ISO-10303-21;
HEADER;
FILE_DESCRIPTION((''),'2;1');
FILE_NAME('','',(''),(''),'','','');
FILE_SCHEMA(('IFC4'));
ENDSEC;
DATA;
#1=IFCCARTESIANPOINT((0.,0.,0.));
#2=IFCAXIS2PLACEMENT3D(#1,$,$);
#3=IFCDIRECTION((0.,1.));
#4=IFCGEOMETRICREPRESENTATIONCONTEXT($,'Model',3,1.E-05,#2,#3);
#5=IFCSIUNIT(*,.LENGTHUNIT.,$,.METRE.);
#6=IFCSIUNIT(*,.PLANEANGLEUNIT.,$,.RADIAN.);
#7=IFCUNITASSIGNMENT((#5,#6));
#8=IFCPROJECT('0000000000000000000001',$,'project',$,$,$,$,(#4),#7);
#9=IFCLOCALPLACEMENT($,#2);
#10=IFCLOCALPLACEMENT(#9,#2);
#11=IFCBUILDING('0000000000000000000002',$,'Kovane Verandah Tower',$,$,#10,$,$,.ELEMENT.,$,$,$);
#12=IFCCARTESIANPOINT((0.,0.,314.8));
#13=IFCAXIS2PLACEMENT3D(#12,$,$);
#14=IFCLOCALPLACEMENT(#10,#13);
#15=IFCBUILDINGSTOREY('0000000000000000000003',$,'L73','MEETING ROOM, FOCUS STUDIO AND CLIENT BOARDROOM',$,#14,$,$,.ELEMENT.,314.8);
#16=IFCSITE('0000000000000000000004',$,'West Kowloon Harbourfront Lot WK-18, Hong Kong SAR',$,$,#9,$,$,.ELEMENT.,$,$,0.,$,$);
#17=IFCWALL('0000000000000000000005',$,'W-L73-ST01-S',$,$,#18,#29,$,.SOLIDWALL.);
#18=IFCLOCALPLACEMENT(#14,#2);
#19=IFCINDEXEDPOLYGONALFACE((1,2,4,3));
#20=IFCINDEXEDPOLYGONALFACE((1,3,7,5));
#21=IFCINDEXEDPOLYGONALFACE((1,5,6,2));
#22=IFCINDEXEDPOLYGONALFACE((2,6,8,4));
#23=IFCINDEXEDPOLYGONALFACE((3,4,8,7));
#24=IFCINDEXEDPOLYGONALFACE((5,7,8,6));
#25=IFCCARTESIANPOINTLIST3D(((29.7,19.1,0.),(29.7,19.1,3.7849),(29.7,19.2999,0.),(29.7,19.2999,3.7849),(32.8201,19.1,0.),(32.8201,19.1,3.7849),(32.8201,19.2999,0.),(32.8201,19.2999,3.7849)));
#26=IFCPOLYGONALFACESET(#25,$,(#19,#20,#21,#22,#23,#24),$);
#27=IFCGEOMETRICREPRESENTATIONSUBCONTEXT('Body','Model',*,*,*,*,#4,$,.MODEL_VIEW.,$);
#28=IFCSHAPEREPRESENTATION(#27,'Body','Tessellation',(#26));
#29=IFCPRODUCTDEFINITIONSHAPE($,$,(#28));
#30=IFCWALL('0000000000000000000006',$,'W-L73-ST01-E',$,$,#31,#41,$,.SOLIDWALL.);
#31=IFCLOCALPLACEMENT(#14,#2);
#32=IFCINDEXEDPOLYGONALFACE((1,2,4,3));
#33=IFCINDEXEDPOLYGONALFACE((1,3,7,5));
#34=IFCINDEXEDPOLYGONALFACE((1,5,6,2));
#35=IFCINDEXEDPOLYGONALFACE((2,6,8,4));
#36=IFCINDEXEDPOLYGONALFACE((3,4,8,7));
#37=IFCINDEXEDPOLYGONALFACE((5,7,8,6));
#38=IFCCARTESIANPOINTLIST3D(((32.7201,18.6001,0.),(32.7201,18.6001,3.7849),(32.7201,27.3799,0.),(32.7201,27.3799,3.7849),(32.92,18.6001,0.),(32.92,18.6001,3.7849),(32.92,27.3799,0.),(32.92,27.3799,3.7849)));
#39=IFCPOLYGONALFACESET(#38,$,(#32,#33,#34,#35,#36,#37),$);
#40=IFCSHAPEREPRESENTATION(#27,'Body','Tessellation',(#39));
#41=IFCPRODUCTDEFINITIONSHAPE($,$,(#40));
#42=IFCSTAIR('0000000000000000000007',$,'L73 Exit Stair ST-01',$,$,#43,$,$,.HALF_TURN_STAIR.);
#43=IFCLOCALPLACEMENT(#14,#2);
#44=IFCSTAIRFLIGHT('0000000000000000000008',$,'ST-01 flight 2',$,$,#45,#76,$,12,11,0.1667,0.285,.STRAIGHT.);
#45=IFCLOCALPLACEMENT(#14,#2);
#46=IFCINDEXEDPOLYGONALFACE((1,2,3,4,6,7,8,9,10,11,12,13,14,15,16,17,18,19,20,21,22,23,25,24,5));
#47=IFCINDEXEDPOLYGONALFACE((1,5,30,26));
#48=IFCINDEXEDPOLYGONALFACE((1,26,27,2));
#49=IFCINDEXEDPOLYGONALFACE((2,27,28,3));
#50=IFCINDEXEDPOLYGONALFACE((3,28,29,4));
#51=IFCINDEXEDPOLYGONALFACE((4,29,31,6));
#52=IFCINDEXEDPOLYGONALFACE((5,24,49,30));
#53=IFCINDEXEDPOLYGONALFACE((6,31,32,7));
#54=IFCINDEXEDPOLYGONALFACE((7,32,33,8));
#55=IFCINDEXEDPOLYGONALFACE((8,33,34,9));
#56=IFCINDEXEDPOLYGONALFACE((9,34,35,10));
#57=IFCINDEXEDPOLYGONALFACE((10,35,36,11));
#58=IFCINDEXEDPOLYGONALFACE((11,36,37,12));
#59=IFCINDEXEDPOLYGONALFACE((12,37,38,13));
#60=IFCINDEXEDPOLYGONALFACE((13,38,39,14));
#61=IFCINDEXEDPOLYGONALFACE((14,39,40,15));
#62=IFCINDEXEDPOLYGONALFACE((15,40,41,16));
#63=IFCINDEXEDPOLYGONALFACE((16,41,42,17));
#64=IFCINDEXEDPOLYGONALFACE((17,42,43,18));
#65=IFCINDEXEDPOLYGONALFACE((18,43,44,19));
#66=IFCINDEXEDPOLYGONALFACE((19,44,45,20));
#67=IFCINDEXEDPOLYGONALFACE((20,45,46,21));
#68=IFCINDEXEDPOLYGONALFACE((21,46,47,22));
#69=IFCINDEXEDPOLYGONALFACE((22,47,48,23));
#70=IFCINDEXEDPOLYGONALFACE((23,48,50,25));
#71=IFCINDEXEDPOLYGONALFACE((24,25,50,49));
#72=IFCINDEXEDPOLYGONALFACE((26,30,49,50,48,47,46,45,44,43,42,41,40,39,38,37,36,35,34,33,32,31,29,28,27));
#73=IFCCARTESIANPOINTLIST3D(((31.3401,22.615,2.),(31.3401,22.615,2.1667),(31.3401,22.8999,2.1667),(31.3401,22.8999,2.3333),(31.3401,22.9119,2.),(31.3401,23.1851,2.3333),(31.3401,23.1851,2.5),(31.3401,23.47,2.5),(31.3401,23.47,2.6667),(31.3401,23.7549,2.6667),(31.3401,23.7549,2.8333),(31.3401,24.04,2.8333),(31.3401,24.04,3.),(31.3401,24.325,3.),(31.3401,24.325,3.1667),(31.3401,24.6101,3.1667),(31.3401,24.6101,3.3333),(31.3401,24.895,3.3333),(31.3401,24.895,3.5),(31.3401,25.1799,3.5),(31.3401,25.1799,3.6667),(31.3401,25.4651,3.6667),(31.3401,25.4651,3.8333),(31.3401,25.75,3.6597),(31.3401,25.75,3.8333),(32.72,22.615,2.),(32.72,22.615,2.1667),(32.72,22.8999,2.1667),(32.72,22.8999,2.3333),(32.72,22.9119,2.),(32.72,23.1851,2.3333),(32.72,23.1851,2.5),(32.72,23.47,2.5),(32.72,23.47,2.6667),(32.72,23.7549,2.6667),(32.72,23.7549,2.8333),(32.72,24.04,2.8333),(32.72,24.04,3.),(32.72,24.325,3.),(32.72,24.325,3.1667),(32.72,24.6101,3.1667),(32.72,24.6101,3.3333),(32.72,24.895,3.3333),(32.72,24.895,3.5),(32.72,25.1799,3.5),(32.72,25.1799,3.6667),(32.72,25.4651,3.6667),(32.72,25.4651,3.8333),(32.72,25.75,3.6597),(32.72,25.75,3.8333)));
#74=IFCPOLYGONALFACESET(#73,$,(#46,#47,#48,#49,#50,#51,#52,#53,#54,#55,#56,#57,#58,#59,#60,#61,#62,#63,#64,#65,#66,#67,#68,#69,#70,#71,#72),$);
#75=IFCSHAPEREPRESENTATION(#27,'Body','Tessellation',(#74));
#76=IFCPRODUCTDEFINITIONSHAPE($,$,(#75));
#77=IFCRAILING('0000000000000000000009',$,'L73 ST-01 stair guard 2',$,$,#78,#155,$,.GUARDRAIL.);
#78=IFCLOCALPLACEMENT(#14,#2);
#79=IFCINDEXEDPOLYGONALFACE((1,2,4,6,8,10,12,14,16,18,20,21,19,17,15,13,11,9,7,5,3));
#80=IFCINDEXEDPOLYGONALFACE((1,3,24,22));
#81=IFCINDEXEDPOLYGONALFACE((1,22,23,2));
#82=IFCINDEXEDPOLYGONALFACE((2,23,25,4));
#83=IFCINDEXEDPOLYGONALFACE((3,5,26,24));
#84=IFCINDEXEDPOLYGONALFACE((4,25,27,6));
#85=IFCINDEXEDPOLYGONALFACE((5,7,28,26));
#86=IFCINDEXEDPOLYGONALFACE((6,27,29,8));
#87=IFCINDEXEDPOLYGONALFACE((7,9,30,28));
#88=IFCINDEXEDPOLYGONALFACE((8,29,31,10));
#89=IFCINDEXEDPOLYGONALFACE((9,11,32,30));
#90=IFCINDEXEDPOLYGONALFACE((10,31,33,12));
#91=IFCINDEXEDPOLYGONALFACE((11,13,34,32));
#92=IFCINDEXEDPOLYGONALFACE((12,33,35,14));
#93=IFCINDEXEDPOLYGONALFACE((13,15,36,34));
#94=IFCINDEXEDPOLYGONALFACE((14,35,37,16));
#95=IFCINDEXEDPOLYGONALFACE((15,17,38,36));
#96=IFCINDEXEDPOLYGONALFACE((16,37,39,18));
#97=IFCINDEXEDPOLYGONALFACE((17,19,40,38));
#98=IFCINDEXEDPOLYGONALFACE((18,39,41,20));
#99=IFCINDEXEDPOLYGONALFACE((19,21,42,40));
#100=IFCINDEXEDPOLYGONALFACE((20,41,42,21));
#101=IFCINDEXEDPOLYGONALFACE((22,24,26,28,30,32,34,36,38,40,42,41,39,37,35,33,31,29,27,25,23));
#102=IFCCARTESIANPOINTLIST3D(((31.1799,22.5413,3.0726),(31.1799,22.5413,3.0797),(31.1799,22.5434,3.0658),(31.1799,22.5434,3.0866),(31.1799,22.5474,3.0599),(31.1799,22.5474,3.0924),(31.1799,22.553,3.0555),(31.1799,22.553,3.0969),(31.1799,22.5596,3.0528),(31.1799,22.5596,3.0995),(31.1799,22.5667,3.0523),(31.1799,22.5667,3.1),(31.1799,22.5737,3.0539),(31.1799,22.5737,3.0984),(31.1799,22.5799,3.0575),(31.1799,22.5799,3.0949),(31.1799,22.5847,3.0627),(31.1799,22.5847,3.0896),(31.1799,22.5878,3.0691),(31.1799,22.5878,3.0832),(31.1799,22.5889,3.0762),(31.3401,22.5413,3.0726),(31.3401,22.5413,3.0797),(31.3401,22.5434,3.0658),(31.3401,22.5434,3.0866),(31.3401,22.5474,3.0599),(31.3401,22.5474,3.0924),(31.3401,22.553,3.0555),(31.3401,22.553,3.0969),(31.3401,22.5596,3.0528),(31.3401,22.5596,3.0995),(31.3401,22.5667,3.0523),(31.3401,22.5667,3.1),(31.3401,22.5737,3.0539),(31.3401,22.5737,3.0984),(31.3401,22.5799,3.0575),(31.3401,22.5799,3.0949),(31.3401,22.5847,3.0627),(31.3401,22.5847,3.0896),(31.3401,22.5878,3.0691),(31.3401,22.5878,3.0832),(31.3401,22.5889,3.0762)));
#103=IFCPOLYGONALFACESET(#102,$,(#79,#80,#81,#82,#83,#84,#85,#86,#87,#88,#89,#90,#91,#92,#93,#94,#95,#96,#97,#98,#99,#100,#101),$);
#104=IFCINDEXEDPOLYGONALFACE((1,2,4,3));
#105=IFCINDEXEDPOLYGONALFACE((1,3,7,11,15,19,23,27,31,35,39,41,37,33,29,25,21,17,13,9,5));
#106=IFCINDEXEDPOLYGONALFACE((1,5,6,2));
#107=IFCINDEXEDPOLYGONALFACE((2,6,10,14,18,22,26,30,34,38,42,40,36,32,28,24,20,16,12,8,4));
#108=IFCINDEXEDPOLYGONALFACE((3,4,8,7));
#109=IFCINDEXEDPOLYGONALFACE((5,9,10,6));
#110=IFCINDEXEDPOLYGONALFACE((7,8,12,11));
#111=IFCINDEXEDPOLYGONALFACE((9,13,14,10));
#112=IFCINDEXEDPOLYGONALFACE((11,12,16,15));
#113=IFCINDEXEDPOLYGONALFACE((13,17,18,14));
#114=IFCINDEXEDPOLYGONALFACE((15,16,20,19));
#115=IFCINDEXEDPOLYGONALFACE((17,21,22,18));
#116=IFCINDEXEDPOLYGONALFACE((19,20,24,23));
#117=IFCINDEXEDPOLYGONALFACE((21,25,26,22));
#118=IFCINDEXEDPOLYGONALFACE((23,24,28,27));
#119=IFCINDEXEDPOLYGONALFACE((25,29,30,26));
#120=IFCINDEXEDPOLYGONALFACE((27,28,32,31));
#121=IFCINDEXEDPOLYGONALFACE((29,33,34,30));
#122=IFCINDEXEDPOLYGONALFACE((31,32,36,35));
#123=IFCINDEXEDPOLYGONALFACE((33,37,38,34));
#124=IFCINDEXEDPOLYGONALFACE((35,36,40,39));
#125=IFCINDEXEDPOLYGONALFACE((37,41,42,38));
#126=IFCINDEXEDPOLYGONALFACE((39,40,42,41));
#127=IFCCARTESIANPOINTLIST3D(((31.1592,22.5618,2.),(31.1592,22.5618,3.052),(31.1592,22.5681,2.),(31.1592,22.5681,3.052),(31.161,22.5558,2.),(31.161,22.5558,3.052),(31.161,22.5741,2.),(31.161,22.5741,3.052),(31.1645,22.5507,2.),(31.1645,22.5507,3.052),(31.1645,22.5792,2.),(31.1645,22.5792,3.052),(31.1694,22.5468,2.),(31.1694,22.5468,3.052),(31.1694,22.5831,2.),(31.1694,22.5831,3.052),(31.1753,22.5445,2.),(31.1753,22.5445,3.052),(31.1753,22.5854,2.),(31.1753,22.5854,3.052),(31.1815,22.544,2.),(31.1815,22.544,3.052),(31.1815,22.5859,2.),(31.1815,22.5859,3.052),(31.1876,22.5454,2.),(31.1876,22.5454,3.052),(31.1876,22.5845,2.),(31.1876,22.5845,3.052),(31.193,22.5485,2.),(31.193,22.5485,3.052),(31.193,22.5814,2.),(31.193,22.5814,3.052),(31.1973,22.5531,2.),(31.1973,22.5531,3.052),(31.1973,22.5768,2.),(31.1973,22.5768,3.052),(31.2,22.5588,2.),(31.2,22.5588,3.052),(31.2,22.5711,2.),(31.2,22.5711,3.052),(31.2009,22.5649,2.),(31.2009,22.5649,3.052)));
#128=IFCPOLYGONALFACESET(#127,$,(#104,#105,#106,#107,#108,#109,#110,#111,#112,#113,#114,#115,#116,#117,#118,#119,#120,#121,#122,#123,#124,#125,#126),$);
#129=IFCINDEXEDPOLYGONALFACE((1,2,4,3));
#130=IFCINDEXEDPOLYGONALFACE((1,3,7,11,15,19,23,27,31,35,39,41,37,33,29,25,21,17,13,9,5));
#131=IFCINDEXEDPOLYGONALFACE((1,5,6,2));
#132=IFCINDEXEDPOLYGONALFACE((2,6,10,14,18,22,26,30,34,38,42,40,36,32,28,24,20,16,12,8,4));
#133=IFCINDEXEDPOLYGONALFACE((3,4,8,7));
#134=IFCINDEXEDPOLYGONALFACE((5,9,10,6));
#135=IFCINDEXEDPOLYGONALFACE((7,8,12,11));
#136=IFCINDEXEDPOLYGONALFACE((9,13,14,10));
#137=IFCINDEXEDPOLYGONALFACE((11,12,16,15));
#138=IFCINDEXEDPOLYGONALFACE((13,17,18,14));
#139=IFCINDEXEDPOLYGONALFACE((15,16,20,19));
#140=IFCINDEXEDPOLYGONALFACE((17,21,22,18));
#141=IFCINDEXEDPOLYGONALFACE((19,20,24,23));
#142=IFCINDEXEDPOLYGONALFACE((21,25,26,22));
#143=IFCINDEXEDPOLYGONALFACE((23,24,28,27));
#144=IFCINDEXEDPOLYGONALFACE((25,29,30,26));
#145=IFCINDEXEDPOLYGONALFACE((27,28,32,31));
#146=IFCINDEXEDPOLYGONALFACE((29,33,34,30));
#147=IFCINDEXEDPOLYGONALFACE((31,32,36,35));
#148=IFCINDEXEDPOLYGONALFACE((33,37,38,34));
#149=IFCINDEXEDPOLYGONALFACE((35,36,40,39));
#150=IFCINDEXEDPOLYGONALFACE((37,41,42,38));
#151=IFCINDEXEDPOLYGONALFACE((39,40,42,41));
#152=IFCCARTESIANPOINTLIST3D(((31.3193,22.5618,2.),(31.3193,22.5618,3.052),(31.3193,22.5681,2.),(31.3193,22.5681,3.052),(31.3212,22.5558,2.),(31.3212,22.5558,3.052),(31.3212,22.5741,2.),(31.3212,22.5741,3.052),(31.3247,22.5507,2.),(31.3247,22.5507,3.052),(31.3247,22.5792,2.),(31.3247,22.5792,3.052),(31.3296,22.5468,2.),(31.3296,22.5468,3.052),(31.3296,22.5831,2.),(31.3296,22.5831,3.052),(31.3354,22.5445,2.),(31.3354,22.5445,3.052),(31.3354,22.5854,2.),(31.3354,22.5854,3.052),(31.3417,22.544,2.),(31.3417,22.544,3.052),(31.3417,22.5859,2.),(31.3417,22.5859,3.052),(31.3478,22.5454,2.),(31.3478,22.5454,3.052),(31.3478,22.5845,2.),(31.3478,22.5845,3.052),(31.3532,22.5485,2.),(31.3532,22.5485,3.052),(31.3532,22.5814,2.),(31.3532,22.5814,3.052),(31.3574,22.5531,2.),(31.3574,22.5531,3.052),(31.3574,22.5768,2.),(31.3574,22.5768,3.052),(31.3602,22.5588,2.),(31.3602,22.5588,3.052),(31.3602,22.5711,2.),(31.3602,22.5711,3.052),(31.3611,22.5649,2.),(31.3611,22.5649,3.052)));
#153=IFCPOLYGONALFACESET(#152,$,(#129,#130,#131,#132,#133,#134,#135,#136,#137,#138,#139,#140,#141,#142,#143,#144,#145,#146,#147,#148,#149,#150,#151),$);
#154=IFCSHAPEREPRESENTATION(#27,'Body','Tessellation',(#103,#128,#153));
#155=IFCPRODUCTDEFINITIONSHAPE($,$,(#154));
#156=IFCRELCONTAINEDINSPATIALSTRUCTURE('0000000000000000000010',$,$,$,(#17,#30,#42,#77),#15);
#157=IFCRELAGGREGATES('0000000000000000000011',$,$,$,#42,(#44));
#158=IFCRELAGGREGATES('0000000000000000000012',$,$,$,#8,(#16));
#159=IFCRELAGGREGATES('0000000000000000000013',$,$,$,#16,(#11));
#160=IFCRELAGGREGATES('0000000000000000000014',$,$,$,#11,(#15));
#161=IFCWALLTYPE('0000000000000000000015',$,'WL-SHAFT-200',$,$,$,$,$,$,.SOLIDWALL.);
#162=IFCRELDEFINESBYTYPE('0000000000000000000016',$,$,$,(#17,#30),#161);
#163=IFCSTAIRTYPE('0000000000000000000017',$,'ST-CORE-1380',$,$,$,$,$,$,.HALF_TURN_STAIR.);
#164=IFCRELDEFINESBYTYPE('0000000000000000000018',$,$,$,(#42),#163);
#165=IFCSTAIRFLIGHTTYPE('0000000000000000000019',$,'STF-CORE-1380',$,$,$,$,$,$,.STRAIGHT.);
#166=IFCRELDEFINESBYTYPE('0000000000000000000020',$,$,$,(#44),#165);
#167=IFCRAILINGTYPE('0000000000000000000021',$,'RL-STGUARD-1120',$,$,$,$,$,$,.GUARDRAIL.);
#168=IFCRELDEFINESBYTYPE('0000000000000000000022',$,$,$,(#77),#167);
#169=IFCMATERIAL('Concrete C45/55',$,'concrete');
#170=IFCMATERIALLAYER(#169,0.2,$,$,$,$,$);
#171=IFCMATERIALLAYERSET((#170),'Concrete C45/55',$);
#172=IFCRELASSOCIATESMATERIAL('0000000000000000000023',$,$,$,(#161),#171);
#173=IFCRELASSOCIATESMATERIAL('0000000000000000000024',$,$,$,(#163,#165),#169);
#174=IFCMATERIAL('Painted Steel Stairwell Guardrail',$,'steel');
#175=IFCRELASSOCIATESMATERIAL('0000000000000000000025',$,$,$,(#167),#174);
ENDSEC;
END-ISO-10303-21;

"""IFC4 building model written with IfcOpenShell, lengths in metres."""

from ifc_helpers import new_model, si_unit, direction, frame, frame_2d, origin, origin_2d, place, context, subcontext, project, spatial, polyline, rectangle, circle, outline, extrude, material, layer, layer_set, type_object, element, aggregate, save


model = new_model("IFC4")

# Units and contexts
model_context = context("Model", 3, precision=1e-05, world=origin(), true_north=direction((0.0, 1.0)))
body_context = subcontext(model_context, "Body", "Model", "MODEL_VIEW")
ifc_project = project(units=[si_unit("LENGTHUNIT", "METRE"), si_unit("PLANEANGLEUNIT", "RADIAN")], contexts=[model_context])

# Site, building, storey
site_placement = place(None, origin())
site = spatial("IfcSite", under=ifc_project, at=site_placement, Name="West Kowloon Harbourfront Lot WK-18, Hong Kong SAR", CompositionType="ELEMENT", RefElevation=0.0)
building_placement = place(site_placement, origin())
building = spatial("IfcBuilding", under=site, at=building_placement, Name="Kovane Verandah Tower", CompositionType="ELEMENT")
storey_placement = place(building_placement, frame((0.0, 0.0, 314.8)))
storey = spatial("IfcBuildingStorey", under=building, at=storey_placement, Name="L73", Description="MEETING ROOM, FOCUS STUDIO AND CLIENT BOARDROOM", CompositionType="ELEMENT", Elevation=314.8)

# Walls
ifc_material_1 = material(Name="Concrete C45/55", Category="concrete")
ifc_layer_1 = layer(ifc_material_1, 0.2)
ifc_layer_set_1 = layer_set([ifc_layer_1], Name="Concrete C45/55")
wall_type_1 = type_object("IfcWallType", Name="WL-SHAFT-200", PredefinedType="SOLIDWALL", material=ifc_layer_set_1)
wall_1_placement = place(storey_placement, frame((29.7, 19.2, 0.0), z_axis=(0.0, 0.0, 1.0), x_axis=(1.0, 0.0, 0.0)))
element("IfcWall", 1, at=wall_1_placement, inside=storey, type_object=wall_type_1, Name="W-L73-ST01-S", PredefinedType="SOLIDWALL", context=body_context, shape_type="SweptSolid", body=[
    extrude(rectangle(XDim=3.1201, YDim=0.2, at=frame_2d((1.5601, 0.0))), origin(), (0.0, 0.0, 1.0), 3.7849),
])
wall_2_placement = place(storey_placement, frame((32.8201, 18.6001, 0.0), z_axis=(0.0, 0.0, 1.0), x_axis=(0.0, 1.0, 0.0)))
element("IfcWall", 2, at=wall_2_placement, inside=storey, type_object=wall_type_1, Name="W-L73-ST01-E", PredefinedType="SOLIDWALL", context=body_context, shape_type="SweptSolid", body=[
    extrude(rectangle(XDim=8.7798, YDim=0.2, at=frame_2d((4.3899, 0.0))), origin(), (0.0, 0.0, 1.0), 3.7849),
])

# Stair, stair flight
stair_type = type_object("IfcStairType", Name="ST-CORE-1380", PredefinedType="HALF_TURN_STAIR", material=ifc_material_1)
stair_placement = place(storey_placement, origin())
stair = element("IfcStair", 3, at=stair_placement, inside=storey, type_object=stair_type, Name="L73 Exit Stair ST-01", PredefinedType="HALF_TURN_STAIR")
stair_flight_type = type_object("IfcStairFlightType", Name="STF-CORE-1380", PredefinedType="STRAIGHT", material=ifc_material_1)
stair_flight_placement = place(storey_placement, frame((32.03, 22.615, 2.0), z_axis=(0.0, 0.0, 1.0), x_axis=(0.0, 1.0, 0.0)))
stair_flight = element("IfcStairFlight", 4, at=stair_flight_placement, type_object=stair_flight_type, Name="ST-01 flight 2", NumberOfRisers=12, NumberOfTreads=11, PredefinedType="STRAIGHT", RiserHeight=0.1667, TreadLength=0.285, context=body_context, shape_type="SweptSolid", body=[
    extrude(outline(polyline([(0.0, 0.0), (0.0, 0.1667), (0.2849, 0.1667), (0.2849, 0.3333), (0.5701, 0.3333), (0.5701, 0.5), (0.855, 0.5), (0.855, 0.6667), (1.1399, 0.6667), (1.1399, 0.8333), (1.425, 0.8333), (1.425, 1.0), (1.71, 1.0), (1.71, 1.1667), (1.9951, 1.1667), (1.9951, 1.3333), (2.28, 1.3333), (2.28, 1.5), (2.5649, 1.5), (2.5649, 1.6667), (2.8501, 1.6667), (2.8501, 1.8333), (3.135, 1.8333), (3.135, 2.0), (3.135, 1.6597), (0.2969, 0.0), (0.0, 0.0)])), frame((0.0, 0.6899, 0.0), z_axis=(0.0, -1.0, 0.0), x_axis=(1.0, 0.0, 0.0)), (0.0, 0.0, 1.0), 1.3799),
])
aggregate(stair, [stair_flight])

# Railing
ifc_material_2 = material(Name="Painted Steel Stairwell Guardrail", Category="steel")
railing_type_1 = type_object("IfcRailingType", Name="RL-STGUARD-1120", PredefinedType="GUARDRAIL", material=ifc_material_2)
railing_1_placement = place(storey_placement, frame((31.1799, 22.5649, 2.0)))
element("IfcRailing", 5, at=railing_1_placement, inside=storey, type_object=railing_type_1, Name="L73 ST-01 stair guard 2", PredefinedType="GUARDRAIL", context=body_context, shape_type="SweptSolid", body=[
    extrude(circle(Radius=0.0239, at=origin_2d()), frame((0.0, 0.0, 1.0762), z_axis=(1.0, 0.0, 0.0), x_axis=(0.0, 1.0, 0.0)), (0.0, 0.0, 1.0), 0.1602),
    extrude(circle(Radius=0.021, at=origin_2d()), origin(), (0.0, 0.0, 1.0), 1.052),
    extrude(circle(Radius=0.021, at=origin_2d()), frame((0.1602, 0.0, 0.0)), (0.0, 0.0, 1.0), 1.052),
])

save(model, "model.ifc")
